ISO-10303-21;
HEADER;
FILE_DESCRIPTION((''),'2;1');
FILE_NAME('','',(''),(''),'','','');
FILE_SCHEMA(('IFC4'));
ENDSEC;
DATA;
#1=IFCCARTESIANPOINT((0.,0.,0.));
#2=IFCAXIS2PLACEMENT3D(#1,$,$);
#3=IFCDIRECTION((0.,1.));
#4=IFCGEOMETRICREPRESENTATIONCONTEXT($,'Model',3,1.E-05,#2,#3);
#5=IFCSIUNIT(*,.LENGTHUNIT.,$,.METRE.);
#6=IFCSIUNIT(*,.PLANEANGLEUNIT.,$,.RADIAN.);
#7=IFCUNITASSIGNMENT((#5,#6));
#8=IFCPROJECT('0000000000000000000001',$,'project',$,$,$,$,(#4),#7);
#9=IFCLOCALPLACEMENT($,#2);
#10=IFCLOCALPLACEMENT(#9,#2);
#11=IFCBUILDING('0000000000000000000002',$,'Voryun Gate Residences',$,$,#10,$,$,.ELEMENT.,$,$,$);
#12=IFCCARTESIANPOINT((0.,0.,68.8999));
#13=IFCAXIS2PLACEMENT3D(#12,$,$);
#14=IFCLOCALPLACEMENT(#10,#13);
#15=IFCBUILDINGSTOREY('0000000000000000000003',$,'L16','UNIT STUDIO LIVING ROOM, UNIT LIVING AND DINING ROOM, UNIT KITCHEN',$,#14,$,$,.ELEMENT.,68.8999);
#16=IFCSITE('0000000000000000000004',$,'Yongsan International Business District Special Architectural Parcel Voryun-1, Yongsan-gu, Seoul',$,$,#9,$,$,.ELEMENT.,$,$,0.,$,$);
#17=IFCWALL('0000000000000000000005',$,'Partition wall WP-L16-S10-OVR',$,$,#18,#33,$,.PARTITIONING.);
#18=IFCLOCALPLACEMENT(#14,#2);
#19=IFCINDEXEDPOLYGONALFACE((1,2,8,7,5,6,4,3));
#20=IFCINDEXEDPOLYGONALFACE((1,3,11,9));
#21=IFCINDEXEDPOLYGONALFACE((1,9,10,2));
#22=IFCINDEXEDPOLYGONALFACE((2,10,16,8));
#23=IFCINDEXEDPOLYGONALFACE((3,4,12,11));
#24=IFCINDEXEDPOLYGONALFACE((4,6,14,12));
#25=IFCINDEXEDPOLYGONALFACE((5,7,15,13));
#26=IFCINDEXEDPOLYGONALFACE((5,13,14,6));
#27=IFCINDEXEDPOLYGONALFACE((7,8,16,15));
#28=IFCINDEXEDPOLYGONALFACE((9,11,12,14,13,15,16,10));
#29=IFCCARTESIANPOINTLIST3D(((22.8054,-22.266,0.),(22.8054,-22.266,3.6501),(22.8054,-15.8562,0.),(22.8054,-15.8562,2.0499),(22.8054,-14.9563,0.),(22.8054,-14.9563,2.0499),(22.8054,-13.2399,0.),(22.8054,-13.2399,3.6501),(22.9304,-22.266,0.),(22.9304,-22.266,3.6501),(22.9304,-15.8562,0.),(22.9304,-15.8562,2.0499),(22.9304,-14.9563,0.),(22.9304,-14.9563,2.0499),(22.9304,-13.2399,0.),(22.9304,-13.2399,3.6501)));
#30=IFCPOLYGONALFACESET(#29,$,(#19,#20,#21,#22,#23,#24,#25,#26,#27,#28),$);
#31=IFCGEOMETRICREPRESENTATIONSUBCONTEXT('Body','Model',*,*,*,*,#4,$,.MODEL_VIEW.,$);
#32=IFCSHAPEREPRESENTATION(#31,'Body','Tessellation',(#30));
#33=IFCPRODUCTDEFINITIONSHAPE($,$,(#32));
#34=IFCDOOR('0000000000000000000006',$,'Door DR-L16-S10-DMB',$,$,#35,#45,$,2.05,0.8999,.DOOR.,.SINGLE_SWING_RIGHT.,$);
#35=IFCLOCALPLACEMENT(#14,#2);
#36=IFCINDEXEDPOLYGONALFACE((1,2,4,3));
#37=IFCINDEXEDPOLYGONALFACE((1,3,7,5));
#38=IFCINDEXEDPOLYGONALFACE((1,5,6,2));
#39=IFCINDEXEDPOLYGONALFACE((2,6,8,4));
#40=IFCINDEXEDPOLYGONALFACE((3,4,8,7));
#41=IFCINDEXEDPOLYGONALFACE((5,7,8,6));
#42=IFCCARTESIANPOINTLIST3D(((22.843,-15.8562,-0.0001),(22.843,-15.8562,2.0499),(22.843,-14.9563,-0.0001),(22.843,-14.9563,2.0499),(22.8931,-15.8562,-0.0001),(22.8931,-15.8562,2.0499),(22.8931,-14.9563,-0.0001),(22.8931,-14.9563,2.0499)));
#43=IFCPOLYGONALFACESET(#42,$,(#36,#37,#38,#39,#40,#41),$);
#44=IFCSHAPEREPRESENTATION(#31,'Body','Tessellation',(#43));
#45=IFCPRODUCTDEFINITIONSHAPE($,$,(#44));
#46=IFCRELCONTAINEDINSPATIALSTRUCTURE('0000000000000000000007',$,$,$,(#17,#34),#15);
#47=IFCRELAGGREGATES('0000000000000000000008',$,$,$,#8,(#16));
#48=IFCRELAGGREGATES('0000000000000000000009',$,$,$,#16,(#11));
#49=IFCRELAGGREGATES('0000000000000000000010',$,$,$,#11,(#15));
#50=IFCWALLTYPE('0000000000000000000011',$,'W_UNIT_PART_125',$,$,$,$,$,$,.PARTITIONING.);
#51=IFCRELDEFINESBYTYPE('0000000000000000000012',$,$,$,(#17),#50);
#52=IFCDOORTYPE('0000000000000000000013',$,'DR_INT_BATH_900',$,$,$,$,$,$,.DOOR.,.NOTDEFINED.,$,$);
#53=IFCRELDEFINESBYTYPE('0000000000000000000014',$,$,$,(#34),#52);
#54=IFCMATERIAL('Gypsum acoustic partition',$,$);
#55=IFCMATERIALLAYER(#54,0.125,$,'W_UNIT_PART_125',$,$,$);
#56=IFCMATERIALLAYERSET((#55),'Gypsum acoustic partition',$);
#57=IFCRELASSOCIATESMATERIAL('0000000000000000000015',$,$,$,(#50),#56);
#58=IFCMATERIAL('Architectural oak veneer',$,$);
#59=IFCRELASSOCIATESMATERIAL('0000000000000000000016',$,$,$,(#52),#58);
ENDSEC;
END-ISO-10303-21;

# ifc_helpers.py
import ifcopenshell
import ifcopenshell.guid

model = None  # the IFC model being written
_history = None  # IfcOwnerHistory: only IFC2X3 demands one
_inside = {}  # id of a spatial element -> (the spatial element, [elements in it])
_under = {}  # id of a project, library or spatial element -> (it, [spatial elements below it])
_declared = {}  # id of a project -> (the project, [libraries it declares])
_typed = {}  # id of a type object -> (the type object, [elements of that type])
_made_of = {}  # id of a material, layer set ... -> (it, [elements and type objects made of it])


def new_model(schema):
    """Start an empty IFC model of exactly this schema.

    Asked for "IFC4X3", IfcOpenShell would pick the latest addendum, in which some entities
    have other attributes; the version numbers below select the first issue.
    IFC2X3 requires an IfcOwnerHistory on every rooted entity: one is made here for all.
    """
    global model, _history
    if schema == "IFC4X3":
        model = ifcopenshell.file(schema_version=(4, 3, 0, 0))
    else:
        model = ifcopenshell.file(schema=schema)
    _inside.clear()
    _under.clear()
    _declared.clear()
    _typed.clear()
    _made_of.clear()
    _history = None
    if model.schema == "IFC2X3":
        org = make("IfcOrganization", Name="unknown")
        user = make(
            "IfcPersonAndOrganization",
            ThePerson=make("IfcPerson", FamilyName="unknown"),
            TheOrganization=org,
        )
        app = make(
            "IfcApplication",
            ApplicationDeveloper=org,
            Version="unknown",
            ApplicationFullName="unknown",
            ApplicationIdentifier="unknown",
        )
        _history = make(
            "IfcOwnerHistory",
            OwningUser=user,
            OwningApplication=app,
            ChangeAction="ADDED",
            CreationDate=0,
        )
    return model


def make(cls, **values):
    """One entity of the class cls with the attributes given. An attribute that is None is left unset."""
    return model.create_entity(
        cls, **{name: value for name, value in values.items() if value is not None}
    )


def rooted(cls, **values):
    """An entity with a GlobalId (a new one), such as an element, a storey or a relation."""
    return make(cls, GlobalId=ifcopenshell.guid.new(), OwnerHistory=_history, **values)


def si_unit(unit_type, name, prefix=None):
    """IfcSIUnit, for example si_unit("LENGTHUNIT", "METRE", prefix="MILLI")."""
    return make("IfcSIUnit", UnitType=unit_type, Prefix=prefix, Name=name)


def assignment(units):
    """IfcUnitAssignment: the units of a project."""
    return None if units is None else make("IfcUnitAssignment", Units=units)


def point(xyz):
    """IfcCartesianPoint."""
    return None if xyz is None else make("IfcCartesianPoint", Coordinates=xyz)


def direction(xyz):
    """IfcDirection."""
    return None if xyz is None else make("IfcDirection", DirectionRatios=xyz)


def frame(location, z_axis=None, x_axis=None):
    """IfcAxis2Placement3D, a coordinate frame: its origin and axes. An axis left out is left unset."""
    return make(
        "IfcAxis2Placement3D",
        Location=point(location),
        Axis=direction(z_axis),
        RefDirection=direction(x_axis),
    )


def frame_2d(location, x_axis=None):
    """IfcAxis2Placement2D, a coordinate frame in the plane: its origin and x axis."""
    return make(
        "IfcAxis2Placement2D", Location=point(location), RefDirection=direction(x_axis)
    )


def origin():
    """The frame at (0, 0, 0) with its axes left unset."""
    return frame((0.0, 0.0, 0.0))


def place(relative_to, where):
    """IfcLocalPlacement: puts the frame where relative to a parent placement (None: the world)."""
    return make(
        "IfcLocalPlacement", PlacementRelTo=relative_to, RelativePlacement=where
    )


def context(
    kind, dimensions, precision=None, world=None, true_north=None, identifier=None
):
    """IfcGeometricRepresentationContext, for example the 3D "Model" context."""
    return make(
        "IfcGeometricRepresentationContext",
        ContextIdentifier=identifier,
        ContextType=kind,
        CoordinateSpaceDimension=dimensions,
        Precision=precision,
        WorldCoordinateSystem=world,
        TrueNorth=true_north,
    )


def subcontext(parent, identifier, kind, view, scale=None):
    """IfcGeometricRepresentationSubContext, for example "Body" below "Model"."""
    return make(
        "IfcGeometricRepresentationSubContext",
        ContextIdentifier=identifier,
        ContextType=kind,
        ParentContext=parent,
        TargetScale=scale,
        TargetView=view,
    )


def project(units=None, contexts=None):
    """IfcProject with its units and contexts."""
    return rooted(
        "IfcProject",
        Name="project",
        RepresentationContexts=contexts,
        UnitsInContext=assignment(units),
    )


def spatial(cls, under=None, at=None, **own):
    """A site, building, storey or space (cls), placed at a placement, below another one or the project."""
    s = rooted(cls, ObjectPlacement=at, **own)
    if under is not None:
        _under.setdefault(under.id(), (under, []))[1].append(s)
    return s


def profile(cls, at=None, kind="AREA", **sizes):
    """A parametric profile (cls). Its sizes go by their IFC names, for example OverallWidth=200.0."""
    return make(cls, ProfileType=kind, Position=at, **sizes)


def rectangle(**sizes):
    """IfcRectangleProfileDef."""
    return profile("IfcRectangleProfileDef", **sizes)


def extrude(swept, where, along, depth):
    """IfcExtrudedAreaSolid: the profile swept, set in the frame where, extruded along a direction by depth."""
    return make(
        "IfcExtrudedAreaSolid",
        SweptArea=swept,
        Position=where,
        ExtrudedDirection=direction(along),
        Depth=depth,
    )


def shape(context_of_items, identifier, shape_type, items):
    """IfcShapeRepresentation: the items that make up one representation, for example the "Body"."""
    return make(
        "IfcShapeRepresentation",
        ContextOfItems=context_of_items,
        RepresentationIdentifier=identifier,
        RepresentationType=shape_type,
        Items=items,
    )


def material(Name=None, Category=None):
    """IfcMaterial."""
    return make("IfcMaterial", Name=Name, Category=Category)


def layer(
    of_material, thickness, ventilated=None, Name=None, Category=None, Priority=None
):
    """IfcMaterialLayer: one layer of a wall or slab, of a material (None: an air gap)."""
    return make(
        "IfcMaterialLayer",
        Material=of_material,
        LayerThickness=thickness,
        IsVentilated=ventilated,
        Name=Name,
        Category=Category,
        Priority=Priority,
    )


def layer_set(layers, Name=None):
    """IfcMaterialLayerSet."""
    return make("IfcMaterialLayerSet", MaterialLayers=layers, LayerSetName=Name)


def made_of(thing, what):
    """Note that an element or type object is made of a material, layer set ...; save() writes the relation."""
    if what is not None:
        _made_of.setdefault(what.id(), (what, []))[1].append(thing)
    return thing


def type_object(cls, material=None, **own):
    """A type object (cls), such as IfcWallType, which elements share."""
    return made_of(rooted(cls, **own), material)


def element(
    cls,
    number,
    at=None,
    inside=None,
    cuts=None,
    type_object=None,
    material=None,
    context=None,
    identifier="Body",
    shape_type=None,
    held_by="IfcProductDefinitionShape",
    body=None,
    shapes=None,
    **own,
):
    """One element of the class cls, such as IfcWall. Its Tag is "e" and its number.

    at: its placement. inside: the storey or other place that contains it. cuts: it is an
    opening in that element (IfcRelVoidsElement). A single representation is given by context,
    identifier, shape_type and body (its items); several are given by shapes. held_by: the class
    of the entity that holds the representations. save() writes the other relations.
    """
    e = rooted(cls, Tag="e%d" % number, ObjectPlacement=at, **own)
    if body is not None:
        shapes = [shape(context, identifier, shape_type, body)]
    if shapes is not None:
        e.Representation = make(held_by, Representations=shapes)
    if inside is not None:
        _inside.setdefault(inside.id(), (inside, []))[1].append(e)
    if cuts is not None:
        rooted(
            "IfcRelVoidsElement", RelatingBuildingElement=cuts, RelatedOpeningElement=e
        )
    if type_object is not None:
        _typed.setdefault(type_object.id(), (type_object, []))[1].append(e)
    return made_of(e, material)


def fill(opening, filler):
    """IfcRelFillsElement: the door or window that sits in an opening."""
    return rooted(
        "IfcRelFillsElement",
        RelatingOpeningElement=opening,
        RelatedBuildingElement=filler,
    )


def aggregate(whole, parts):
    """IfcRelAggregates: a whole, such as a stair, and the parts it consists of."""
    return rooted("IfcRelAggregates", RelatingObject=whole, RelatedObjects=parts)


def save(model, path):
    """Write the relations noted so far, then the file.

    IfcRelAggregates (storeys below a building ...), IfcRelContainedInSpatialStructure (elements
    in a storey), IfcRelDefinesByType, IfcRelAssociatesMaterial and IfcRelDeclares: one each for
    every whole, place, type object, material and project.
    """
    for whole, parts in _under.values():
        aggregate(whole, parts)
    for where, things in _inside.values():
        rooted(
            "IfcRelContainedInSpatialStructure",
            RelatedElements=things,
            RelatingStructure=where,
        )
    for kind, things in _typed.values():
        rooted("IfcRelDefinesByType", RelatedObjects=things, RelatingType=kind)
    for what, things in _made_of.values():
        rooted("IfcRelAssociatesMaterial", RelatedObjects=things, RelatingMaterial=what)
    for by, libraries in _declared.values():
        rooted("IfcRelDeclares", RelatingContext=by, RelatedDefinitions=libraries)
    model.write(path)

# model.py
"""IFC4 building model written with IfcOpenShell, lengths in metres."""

from ifc_helpers import new_model, si_unit, direction, frame, frame_2d, origin, place, context, subcontext, project, spatial, rectangle, extrude, material, layer, layer_set, type_object, element, fill, save


model = new_model("IFC4")

# Units and contexts
model_context = context("Model", 3, precision=1e-05, world=origin(), true_north=direction((0.0, 1.0)))
body_context = subcontext(model_context, "Body", "Model", "MODEL_VIEW")
ifc_project = project(units=[si_unit("LENGTHUNIT", "METRE"), si_unit("PLANEANGLEUNIT", "RADIAN")], contexts=[model_context])

# Site, building, storey
site_placement = place(None, origin())
site = spatial("IfcSite", under=ifc_project, at=site_placement, Name="Yongsan International Business District Special Architectural Parcel Voryun-1, Yongsan-gu, Seoul", CompositionType="ELEMENT", RefElevation=0.0)
building_placement = place(site_placement, origin())
building = spatial("IfcBuilding", under=site, at=building_placement, Name="Voryun Gate Residences", CompositionType="ELEMENT")
storey_placement = place(building_placement, frame((0.0, 0.0, 68.8999)))
storey = spatial("IfcBuildingStorey", under=building, at=storey_placement, Name="L16", Description="UNIT STUDIO LIVING ROOM, UNIT LIVING AND DINING ROOM, UNIT KITCHEN", CompositionType="ELEMENT", Elevation=68.8999)

# Wall, opening, door
ifc_material_1 = material(Name="Gypsum acoustic partition")
ifc_layer_1 = layer(ifc_material_1, 0.125, Name="W_UNIT_PART_125")
ifc_layer_set_1 = layer_set([ifc_layer_1], Name="Gypsum acoustic partition")
wall_type_1 = type_object("IfcWallType", Name="W_UNIT_PART_125", PredefinedType="PARTITIONING", material=ifc_layer_set_1)
wall_1_placement = place(storey_placement, frame((22.8679, -22.2661, 0.0), z_axis=(0.0, 0.0, 1.0), x_axis=(0.0, 1.0, 0.0)))
wall_1 = element("IfcWall", 1, at=wall_1_placement, inside=storey, type_object=wall_type_1, Name="Partition wall WP-L16-S10-OVR", PredefinedType="PARTITIONING", context=body_context, shape_type="SweptSolid", body=[
    extrude(rectangle(XDim=9.0261, YDim=0.125, at=frame_2d((4.5132, 0.0))), origin(), (0.0, 0.0, 1.0), 3.6501),
])
opening_placement = place(wall_1_placement, frame((6.4099, 0.0, 0.0)))
opening = element("IfcOpeningElement", 2, at=opening_placement, cuts=wall_1, PredefinedType="OPENING", context=body_context, shape_type="SweptSolid", body=[
    extrude(rectangle(XDim=0.8999, YDim=2.05, at=frame_2d((0.45, 1.0249))), frame((0.0, 0.0725, 0.0), z_axis=(0.0, -1.0, 0.0), x_axis=(1.0, 0.0, 0.0)), (0.0, 0.0, 1.0), 0.145),
])
ifc_material_2 = material(Name="Architectural oak veneer")
door_type = type_object("IfcDoorType", Name="DR_INT_BATH_900", OperationType="NOTDEFINED", PredefinedType="DOOR", material=ifc_material_2)
door_placement = place(opening_placement, origin())
door = element("IfcDoor", 3, at=door_placement, inside=storey, type_object=door_type, Name="Door DR-L16-S10-DMB", OperationType="SINGLE_SWING_RIGHT", OverallHeight=2.05, OverallWidth=0.8999, PredefinedType="DOOR", context=body_context, shape_type="SweptSolid", body=[
    extrude(rectangle(XDim=0.8999, YDim=2.05, at=frame_2d((0.45, 1.0249))), frame((0.0, 0.0249, 0.0), z_axis=(0.0, -1.0, 0.0), x_axis=(1.0, 0.0, 0.0)), (0.0, 0.0, 1.0), 0.05),
])
fill(opening, door)

save(model, "model.ifc")
